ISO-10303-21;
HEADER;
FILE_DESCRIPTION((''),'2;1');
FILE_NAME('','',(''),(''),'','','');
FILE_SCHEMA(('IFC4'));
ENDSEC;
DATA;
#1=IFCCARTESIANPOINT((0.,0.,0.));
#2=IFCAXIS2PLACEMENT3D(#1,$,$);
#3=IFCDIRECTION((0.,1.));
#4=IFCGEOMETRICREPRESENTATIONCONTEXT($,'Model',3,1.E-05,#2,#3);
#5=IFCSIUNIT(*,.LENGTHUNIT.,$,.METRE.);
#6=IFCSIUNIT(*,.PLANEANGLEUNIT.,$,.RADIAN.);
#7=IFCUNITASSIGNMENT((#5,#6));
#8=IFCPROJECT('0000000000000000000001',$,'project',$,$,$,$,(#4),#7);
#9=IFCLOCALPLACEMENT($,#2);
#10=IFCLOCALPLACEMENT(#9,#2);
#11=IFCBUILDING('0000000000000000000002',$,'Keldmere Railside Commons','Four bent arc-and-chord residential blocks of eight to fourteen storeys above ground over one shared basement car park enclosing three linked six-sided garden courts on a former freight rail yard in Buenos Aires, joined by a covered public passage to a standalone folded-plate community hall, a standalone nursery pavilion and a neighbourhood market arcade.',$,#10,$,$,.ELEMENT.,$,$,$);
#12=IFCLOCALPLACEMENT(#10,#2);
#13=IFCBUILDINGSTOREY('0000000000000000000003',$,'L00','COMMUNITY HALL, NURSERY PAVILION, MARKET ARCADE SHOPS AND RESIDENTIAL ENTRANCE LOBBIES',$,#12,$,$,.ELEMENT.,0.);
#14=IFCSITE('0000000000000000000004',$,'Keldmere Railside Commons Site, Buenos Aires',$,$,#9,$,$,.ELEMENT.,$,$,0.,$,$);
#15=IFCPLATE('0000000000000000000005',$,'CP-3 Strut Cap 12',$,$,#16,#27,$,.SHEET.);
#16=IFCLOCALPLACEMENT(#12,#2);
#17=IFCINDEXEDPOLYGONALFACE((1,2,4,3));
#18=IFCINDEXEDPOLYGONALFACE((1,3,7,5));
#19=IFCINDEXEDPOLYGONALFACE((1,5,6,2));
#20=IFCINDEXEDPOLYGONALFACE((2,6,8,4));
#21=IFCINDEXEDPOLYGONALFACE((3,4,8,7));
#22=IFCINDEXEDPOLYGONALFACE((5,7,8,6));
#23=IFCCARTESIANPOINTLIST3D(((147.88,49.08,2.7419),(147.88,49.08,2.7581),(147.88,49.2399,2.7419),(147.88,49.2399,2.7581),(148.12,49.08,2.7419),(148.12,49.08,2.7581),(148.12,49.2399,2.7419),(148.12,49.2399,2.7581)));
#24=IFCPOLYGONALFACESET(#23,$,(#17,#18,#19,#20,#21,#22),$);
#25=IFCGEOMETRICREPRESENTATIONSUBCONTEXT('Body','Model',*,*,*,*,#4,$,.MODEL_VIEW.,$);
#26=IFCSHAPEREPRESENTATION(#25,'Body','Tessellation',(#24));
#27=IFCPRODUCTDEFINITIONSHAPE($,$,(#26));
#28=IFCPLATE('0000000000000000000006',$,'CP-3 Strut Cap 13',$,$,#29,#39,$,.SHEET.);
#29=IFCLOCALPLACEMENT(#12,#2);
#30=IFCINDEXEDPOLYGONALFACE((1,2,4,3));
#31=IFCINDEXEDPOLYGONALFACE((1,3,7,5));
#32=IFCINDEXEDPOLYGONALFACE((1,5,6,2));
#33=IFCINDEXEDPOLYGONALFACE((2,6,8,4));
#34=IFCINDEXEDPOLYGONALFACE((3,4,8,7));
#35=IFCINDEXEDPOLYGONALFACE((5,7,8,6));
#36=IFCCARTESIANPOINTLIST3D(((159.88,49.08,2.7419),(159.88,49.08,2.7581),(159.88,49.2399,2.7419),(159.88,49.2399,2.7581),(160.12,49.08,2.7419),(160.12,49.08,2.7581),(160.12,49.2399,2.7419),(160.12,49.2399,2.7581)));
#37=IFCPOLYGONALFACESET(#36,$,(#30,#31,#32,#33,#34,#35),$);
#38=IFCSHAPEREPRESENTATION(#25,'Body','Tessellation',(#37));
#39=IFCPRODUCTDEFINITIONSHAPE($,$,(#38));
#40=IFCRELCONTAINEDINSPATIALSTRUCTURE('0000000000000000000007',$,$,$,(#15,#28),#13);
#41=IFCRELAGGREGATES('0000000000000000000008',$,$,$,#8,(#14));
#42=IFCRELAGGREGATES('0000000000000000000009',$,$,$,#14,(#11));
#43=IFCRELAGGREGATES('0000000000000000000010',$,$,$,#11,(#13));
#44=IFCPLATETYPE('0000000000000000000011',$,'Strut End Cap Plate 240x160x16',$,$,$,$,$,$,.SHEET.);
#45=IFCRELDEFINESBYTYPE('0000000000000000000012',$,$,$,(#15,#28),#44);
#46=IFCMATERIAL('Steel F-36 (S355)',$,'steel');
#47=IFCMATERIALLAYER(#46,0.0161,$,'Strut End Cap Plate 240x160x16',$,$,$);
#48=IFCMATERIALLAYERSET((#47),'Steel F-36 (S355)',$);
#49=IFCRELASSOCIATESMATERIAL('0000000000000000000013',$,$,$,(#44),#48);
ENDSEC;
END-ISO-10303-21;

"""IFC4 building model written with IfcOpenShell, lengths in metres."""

from ifc_helpers import new_model, si_unit, direction, frame, origin, origin_2d, place, context, subcontext, project, spatial, rectangle, extrude, material, layer, layer_set, type_object, element, save


model = new_model("IFC4")

# Units and contexts
model_context = context("Model", 3, precision=1e-05, world=origin(), true_north=direction((0.0, 1.0)))
body_context = subcontext(model_context, "Body", "Model", "MODEL_VIEW")
ifc_project = project(units=[si_unit("LENGTHUNIT", "METRE"), si_unit("PLANEANGLEUNIT", "RADIAN")], contexts=[model_context])

# Site, building, storey
site_placement = place(None, origin())
site = spatial("IfcSite", under=ifc_project, at=site_placement, Name="Keldmere Railside Commons Site, Buenos Aires", CompositionType="ELEMENT", RefElevation=0.0)
building_placement = place(site_placement, origin())
building = spatial("IfcBuilding", under=site, at=building_placement, Name="Keldmere Railside Commons", Description="Four bent arc-and-chord residential blocks of eight to fourteen storeys above ground over one shared basement car park enclosing three linked six-sided garden courts on a former freight rail yard in Buenos Aires, joined by a covered public passage to a standalone folded-plate community hall, a standalone nursery pavilion and a neighbourhood market arcade.", CompositionType="ELEMENT")
storey_placement = place(building_placement, origin())
storey = spatial("IfcBuildingStorey", under=building, at=storey_placement, Name="L00", Description="COMMUNITY HALL, NURSERY PAVILION, MARKET ARCADE SHOPS AND RESIDENTIAL ENTRANCE LOBBIES", CompositionType="ELEMENT", Elevation=0.0)

# Shared definitions
ifc_material_1 = material(Name="Steel F-36 (S355)", Category="steel")

# Plates
ifc_layer_1 = layer(ifc_material_1, 0.0161, Name="Strut End Cap Plate 240x160x16")
ifc_layer_set_1 = layer_set([ifc_layer_1], Name="Steel F-36 (S355)")
plate_type_1 = type_object("IfcPlateType", Name="Strut End Cap Plate 240x160x16", PredefinedType="SHEET", material=ifc_layer_set_1)
for number, where, z_axis, x_axis, name in (
    (1, (148.0, 49.1599, 2.7419), (0.0, 0.0, 1.0), (1.0, 0.0, 0.0), "CP-3 Strut Cap 12"),
    (2, (160.0, 49.1599, 2.7419), (0.0, 0.0, 1.0), (1.0, 0.0, 0.0), "CP-3 Strut Cap 13"),
):
    element("IfcPlate", number, at=place(storey_placement, frame(where, z_axis=z_axis, x_axis=x_axis)), inside=storey, type_object=plate_type_1, Name=name, PredefinedType="SHEET", context=body_context, shape_type="SweptSolid", body=[
        extrude(rectangle(XDim=0.24, YDim=0.1599, at=origin_2d()), origin(), (0.0, 0.0, 1.0), 0.0161),
    ])

save(model, "model.ifc")
